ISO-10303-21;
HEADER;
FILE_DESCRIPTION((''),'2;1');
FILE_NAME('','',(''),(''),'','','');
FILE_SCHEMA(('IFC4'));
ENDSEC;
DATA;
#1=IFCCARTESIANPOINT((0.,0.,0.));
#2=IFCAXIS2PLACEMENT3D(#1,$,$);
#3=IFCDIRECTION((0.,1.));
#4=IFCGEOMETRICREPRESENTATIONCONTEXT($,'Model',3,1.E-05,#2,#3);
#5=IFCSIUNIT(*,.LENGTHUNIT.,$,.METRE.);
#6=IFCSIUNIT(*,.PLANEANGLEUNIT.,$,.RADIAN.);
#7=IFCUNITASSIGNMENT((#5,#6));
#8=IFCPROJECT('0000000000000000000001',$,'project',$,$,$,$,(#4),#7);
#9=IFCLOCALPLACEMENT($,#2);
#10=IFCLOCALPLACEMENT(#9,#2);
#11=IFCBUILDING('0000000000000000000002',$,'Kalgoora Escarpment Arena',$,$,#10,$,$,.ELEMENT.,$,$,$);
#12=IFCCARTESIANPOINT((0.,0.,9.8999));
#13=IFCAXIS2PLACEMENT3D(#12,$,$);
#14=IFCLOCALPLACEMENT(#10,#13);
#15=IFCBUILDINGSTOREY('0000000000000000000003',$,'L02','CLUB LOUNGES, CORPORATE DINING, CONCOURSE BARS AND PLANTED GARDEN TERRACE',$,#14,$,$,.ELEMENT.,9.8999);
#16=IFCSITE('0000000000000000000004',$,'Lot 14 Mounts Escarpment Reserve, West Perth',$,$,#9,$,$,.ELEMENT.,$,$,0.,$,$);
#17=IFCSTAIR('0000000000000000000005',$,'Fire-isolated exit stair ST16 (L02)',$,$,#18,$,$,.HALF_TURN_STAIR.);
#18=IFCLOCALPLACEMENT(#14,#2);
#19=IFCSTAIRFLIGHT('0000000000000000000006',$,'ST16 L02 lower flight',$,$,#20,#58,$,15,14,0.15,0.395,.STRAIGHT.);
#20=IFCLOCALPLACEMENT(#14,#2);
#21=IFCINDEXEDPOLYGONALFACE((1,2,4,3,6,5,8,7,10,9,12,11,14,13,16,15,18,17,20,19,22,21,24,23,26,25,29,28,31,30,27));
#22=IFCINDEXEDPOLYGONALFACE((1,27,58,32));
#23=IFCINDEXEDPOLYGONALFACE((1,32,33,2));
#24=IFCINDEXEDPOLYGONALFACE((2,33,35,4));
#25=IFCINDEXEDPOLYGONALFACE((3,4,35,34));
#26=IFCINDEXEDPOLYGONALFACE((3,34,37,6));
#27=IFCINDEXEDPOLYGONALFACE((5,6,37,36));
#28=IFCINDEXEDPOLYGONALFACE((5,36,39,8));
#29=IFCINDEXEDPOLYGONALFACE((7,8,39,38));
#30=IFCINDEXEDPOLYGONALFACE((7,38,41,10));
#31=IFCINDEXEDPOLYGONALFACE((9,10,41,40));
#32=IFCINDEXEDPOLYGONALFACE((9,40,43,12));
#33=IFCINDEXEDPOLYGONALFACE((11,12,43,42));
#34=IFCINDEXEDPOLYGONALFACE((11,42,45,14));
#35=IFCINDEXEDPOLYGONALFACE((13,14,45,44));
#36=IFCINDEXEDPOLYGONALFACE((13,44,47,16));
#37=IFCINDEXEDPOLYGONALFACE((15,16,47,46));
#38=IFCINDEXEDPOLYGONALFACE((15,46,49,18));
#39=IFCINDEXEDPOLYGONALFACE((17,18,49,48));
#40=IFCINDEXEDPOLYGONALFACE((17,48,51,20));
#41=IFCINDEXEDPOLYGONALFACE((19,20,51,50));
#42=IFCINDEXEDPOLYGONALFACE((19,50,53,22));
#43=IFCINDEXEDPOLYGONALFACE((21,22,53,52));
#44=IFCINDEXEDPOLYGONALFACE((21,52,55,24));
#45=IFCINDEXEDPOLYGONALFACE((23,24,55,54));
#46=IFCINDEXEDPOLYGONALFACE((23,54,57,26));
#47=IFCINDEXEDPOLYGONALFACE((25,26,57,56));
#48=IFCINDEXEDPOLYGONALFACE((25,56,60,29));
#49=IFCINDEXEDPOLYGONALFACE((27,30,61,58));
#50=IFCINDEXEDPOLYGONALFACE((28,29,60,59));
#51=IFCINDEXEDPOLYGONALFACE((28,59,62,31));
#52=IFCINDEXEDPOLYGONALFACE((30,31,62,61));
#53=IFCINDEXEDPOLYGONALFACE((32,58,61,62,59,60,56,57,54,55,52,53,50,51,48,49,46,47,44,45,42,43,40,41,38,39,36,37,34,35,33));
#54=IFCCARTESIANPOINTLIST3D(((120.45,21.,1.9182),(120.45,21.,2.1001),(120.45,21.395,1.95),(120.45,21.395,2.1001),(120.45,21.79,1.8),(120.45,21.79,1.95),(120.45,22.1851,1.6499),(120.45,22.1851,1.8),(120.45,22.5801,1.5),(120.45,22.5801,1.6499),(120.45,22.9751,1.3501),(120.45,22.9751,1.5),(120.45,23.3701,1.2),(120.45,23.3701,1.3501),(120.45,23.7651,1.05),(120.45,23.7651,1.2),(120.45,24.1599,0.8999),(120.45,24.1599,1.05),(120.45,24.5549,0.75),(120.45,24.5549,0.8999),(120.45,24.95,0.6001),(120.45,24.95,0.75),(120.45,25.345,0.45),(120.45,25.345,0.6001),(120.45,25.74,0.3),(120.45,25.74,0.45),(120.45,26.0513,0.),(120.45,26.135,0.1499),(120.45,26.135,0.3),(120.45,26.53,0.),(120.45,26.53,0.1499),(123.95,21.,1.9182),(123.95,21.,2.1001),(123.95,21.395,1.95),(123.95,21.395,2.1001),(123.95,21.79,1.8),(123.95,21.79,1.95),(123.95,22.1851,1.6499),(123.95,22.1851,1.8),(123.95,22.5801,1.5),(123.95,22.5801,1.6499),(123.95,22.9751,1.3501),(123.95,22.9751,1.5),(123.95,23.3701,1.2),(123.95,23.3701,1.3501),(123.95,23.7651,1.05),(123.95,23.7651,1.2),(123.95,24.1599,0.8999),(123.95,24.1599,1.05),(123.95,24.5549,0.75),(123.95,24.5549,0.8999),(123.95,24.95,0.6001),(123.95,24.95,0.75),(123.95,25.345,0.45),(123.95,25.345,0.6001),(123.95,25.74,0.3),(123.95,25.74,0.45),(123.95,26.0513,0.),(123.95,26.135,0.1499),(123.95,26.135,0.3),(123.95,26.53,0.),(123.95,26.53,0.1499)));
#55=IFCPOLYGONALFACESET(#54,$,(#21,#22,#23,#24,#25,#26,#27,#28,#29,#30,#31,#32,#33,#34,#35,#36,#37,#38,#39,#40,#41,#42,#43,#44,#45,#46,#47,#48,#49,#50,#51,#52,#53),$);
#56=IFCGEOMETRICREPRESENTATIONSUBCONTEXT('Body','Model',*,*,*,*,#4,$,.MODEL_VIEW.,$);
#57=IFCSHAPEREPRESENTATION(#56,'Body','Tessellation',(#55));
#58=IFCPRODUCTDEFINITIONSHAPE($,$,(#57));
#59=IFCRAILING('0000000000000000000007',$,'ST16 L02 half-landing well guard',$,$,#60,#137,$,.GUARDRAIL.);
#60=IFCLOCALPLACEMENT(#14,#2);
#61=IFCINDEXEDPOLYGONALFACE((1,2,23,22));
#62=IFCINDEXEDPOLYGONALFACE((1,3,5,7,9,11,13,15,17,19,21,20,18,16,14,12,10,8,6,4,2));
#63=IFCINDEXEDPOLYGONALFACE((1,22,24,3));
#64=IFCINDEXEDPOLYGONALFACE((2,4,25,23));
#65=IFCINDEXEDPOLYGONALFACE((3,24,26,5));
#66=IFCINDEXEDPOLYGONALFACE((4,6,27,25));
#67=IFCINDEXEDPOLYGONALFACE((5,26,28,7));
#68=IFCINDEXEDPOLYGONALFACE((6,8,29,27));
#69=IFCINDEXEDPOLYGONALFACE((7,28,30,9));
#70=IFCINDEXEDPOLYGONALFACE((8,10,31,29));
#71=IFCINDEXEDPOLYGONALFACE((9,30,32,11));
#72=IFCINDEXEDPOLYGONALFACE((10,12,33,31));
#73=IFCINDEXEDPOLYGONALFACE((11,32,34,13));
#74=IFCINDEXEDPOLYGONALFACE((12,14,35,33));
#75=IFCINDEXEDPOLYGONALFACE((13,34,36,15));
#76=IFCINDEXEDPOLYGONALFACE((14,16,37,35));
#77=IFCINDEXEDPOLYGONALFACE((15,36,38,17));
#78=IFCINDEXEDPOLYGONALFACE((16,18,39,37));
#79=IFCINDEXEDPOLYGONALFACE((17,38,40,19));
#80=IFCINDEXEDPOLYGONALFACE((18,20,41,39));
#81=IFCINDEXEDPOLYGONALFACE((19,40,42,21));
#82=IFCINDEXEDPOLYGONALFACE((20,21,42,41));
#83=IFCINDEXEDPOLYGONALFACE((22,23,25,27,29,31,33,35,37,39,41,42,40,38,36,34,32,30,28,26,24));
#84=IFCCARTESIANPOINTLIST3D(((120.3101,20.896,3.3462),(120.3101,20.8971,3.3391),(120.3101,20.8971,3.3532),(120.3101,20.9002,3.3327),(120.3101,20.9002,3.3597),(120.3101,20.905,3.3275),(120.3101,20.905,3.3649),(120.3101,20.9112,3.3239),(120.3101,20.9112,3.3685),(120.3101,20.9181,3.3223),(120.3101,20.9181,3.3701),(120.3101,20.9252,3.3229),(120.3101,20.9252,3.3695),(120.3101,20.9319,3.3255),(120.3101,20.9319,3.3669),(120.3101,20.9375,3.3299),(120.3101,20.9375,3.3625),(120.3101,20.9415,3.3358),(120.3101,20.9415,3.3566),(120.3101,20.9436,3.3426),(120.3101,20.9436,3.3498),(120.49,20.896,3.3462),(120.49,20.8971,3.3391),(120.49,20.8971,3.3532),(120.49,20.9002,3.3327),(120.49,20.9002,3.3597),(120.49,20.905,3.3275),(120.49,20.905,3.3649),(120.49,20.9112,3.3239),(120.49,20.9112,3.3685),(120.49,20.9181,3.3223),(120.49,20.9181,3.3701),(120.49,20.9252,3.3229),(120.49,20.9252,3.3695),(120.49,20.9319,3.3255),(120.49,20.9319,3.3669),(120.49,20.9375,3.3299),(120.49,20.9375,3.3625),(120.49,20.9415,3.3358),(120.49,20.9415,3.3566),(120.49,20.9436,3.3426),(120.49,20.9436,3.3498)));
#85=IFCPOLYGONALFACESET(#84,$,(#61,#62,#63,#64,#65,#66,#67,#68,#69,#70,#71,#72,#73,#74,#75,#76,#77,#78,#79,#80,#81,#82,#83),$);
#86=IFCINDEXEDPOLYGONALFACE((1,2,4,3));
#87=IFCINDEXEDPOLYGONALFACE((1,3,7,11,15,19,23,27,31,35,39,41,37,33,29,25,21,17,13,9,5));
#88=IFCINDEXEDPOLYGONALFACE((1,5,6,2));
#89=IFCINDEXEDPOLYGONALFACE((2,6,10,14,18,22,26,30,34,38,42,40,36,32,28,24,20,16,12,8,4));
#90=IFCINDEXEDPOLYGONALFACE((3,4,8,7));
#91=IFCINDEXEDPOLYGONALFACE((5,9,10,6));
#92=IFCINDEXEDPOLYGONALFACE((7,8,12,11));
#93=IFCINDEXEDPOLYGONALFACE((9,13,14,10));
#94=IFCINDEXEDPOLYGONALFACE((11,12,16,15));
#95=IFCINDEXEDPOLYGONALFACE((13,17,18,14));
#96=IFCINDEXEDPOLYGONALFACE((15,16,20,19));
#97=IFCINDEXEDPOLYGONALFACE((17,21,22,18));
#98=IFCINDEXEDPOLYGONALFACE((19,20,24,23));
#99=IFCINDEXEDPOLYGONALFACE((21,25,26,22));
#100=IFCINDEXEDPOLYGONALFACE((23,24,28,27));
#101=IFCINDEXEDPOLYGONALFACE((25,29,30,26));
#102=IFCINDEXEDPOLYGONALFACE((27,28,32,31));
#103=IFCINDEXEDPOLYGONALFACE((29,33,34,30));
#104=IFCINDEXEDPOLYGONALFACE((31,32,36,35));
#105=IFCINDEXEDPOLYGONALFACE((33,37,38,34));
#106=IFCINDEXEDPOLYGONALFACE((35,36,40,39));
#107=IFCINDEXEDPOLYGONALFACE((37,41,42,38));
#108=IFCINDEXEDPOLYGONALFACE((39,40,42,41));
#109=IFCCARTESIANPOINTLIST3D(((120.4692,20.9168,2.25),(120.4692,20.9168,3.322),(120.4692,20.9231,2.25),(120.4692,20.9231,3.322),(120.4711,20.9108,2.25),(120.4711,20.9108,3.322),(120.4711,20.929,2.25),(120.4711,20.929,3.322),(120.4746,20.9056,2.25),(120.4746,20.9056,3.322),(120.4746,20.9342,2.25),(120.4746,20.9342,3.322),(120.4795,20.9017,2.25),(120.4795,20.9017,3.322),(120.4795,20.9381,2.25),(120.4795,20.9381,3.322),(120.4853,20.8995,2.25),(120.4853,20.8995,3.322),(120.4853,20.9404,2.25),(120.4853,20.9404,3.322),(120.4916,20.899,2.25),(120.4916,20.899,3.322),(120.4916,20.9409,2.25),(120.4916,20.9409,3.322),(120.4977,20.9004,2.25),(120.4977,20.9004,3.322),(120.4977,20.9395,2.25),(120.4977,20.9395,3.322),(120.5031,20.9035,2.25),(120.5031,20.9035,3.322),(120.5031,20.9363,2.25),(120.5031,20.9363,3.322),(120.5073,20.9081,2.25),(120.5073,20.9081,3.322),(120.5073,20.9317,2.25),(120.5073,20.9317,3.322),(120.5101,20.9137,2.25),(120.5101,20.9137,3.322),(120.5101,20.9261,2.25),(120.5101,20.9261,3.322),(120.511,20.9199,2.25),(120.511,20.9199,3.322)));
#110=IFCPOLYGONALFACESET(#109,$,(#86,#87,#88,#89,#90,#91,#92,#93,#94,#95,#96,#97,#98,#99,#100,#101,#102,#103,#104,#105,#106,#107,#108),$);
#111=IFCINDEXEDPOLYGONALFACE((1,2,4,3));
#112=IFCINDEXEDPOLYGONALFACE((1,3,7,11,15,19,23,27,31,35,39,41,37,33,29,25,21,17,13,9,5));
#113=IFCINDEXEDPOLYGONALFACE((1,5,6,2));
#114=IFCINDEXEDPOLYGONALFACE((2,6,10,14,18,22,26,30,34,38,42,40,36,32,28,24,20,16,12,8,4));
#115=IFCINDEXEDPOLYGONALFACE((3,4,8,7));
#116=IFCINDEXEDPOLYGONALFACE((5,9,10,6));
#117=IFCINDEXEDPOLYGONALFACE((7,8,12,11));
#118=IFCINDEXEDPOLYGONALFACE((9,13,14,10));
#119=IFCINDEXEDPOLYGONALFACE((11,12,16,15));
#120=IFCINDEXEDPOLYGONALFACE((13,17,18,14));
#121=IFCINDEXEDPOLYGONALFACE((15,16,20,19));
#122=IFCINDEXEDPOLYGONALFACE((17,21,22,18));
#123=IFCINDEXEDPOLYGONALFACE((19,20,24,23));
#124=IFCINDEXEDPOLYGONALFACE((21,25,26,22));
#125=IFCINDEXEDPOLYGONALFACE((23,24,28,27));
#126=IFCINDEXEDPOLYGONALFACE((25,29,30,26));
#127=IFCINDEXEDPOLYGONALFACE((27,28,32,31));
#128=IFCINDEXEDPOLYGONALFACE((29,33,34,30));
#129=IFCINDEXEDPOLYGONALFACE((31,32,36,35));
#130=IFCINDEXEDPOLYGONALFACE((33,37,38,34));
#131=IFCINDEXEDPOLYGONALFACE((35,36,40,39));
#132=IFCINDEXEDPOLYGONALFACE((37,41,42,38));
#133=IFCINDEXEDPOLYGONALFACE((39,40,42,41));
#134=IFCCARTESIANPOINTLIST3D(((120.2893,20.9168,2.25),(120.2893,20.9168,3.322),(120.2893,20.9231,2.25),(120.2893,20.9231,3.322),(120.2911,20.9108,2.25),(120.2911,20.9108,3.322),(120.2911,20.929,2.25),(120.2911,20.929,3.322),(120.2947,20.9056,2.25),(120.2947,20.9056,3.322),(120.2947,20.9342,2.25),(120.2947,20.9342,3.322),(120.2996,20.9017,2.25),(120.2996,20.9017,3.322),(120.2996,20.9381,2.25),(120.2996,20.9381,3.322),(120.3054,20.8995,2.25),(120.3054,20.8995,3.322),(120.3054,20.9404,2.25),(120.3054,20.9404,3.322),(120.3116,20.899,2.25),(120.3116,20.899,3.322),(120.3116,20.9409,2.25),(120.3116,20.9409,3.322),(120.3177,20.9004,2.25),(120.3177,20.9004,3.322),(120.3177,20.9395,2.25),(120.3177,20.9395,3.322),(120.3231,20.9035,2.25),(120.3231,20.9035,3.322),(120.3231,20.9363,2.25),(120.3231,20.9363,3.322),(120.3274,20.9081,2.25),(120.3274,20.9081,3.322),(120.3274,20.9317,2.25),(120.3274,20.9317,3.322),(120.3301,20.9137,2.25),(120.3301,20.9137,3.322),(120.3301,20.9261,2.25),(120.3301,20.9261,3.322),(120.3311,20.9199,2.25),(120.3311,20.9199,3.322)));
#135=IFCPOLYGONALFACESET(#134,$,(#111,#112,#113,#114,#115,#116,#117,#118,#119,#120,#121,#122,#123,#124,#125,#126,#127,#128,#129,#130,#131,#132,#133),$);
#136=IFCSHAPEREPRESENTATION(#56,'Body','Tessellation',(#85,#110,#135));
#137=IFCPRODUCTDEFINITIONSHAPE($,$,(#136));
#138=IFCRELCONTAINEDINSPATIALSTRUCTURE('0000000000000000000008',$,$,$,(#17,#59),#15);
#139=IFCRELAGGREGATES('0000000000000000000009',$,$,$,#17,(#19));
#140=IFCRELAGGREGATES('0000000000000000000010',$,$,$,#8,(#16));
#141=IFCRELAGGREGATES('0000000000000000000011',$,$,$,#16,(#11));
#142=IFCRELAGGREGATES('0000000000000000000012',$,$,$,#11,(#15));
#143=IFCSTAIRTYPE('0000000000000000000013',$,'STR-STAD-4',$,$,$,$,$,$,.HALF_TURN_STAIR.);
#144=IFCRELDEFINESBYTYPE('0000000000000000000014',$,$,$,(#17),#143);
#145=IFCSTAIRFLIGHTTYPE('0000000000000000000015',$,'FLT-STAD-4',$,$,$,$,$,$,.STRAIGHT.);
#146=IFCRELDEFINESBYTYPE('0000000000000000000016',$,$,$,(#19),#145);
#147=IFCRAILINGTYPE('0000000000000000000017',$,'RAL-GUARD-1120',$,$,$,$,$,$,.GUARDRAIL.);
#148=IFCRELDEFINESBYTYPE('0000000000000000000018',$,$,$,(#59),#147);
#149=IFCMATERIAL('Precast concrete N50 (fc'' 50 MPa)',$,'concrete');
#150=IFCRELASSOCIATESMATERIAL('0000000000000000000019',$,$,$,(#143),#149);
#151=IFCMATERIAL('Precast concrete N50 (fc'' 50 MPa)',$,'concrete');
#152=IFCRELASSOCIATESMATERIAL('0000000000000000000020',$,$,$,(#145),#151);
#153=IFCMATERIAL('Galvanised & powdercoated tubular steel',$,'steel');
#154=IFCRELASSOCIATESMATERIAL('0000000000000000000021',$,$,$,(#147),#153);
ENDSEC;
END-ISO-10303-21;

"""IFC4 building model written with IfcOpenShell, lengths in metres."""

from ifc_helpers import new_model, si_unit, direction, frame, origin, origin_2d, place, context, subcontext, project, spatial, polyline, circle, outline, extrude, material, type_object, element, aggregate, save


model = new_model("IFC4")

# Units and contexts
model_context = context("Model", 3, precision=1e-05, world=origin(), true_north=direction((0.0, 1.0)))
body_context = subcontext(model_context, "Body", "Model", "MODEL_VIEW")
ifc_project = project(units=[si_unit("LENGTHUNIT", "METRE"), si_unit("PLANEANGLEUNIT", "RADIAN")], contexts=[model_context])

# Site, building, storey
site_placement = place(None, origin())
site = spatial("IfcSite", under=ifc_project, at=site_placement, Name="Lot 14 Mounts Escarpment Reserve, West Perth", CompositionType="ELEMENT", RefElevation=0.0)
building_placement = place(site_placement, origin())
building = spatial("IfcBuilding", under=site, at=building_placement, Name="Kalgoora Escarpment Arena", CompositionType="ELEMENT")
storey_placement = place(building_placement, frame((0.0, 0.0, 9.8999)))
storey = spatial("IfcBuildingStorey", under=building, at=storey_placement, Name="L02", Description="CLUB LOUNGES, CORPORATE DINING, CONCOURSE BARS AND PLANTED GARDEN TERRACE", CompositionType="ELEMENT", Elevation=9.8999)

# Stair, stair flight
ifc_material_1 = material(Name="Precast concrete N50 (fc' 50 MPa)", Category="concrete")
stair_type_1 = type_object("IfcStairType", Name="STR-STAD-4", PredefinedType="HALF_TURN_STAIR", material=ifc_material_1)
stair_1_placement = place(storey_placement, origin())
stair_1 = element("IfcStair", 1, at=stair_1_placement, inside=storey, type_object=stair_type_1, Name="Fire-isolated exit stair ST16 (L02)", PredefinedType="HALF_TURN_STAIR")
ifc_material_2 = material(Name="Precast concrete N50 (fc' 50 MPa)", Category="concrete")
stair_flight_type_1 = type_object("IfcStairFlightType", Name="FLT-STAD-4", PredefinedType="STRAIGHT", material=ifc_material_2)
stair_flight_1_placement = place(storey_placement, frame((122.2, 26.53, 0.0), z_axis=(0.0, 0.0, 1.0), x_axis=(0.0, -1.0, 0.0)))
stair_flight_1 = element("IfcStairFlight", 2, at=stair_flight_1_placement, type_object=stair_flight_type_1, Name="ST16 L02 lower flight", NumberOfRisers=15, NumberOfTreads=14, PredefinedType="STRAIGHT", RiserHeight=0.15, TreadLength=0.395, context=body_context, shape_type="SweptSolid", body=[
    extrude(outline(polyline([(0.0, 0.0), (0.0, 0.1499), (0.395, 0.1499), (0.395, 0.3), (0.79, 0.3), (0.79, 0.45), (1.1851, 0.45), (1.1851, 0.6001), (1.5801, 0.6001), (1.5801, 0.75), (1.9751, 0.75), (1.9751, 0.8999), (2.3701, 0.8999), (2.3701, 1.05), (2.7649, 1.05), (2.7649, 1.2), (3.1599, 1.2), (3.1599, 1.3501), (3.5549, 1.3501), (3.5549, 1.5), (3.95, 1.5), (3.95, 1.6499), (4.345, 1.6499), (4.345, 1.8), (4.74, 1.8), (4.74, 1.95), (5.135, 1.95), (5.135, 2.1001), (5.53, 2.1001), (5.53, 2.25), (5.53, 1.9182), (0.4788, 0.0), (0.0, 0.0)])), frame((0.0, 1.75, 0.0), z_axis=(0.0, -1.0, 0.0), x_axis=(1.0, 0.0, 0.0)), (0.0, 0.0, 1.0), 3.5),
])
aggregate(stair_1, [stair_flight_1])

# Railing
ifc_material_3 = material(Name="Galvanised & powdercoated tubular steel", Category="steel")
railing_type_1 = type_object("IfcRailingType", Name="RAL-GUARD-1120", PredefinedType="GUARDRAIL", material=ifc_material_3)
railing_1_placement = place(storey_placement, frame((120.49, 20.9199, 2.25)))
element("IfcRailing", 3, at=railing_1_placement, inside=storey, type_object=railing_type_1, Name="ST16 L02 half-landing well guard", PredefinedType="GUARDRAIL", context=body_context, shape_type="SweptSolid", body=[
    extrude(circle(Radius=0.0239, at=origin_2d()), frame((0.0, 0.0, 1.0962), z_axis=(-1.0, 0.0, 0.0), x_axis=(0.0, -1.0, 0.0)), (0.0, 0.0, 1.0), 0.1799),
    extrude(circle(Radius=0.021, at=origin_2d()), origin(), (0.0, 0.0, 1.0), 1.072),
    extrude(circle(Radius=0.021, at=origin_2d()), frame((-0.1799, 0.0, 0.0)), (0.0, 0.0, 1.0), 1.072),
])

save(model, "model.ifc")
